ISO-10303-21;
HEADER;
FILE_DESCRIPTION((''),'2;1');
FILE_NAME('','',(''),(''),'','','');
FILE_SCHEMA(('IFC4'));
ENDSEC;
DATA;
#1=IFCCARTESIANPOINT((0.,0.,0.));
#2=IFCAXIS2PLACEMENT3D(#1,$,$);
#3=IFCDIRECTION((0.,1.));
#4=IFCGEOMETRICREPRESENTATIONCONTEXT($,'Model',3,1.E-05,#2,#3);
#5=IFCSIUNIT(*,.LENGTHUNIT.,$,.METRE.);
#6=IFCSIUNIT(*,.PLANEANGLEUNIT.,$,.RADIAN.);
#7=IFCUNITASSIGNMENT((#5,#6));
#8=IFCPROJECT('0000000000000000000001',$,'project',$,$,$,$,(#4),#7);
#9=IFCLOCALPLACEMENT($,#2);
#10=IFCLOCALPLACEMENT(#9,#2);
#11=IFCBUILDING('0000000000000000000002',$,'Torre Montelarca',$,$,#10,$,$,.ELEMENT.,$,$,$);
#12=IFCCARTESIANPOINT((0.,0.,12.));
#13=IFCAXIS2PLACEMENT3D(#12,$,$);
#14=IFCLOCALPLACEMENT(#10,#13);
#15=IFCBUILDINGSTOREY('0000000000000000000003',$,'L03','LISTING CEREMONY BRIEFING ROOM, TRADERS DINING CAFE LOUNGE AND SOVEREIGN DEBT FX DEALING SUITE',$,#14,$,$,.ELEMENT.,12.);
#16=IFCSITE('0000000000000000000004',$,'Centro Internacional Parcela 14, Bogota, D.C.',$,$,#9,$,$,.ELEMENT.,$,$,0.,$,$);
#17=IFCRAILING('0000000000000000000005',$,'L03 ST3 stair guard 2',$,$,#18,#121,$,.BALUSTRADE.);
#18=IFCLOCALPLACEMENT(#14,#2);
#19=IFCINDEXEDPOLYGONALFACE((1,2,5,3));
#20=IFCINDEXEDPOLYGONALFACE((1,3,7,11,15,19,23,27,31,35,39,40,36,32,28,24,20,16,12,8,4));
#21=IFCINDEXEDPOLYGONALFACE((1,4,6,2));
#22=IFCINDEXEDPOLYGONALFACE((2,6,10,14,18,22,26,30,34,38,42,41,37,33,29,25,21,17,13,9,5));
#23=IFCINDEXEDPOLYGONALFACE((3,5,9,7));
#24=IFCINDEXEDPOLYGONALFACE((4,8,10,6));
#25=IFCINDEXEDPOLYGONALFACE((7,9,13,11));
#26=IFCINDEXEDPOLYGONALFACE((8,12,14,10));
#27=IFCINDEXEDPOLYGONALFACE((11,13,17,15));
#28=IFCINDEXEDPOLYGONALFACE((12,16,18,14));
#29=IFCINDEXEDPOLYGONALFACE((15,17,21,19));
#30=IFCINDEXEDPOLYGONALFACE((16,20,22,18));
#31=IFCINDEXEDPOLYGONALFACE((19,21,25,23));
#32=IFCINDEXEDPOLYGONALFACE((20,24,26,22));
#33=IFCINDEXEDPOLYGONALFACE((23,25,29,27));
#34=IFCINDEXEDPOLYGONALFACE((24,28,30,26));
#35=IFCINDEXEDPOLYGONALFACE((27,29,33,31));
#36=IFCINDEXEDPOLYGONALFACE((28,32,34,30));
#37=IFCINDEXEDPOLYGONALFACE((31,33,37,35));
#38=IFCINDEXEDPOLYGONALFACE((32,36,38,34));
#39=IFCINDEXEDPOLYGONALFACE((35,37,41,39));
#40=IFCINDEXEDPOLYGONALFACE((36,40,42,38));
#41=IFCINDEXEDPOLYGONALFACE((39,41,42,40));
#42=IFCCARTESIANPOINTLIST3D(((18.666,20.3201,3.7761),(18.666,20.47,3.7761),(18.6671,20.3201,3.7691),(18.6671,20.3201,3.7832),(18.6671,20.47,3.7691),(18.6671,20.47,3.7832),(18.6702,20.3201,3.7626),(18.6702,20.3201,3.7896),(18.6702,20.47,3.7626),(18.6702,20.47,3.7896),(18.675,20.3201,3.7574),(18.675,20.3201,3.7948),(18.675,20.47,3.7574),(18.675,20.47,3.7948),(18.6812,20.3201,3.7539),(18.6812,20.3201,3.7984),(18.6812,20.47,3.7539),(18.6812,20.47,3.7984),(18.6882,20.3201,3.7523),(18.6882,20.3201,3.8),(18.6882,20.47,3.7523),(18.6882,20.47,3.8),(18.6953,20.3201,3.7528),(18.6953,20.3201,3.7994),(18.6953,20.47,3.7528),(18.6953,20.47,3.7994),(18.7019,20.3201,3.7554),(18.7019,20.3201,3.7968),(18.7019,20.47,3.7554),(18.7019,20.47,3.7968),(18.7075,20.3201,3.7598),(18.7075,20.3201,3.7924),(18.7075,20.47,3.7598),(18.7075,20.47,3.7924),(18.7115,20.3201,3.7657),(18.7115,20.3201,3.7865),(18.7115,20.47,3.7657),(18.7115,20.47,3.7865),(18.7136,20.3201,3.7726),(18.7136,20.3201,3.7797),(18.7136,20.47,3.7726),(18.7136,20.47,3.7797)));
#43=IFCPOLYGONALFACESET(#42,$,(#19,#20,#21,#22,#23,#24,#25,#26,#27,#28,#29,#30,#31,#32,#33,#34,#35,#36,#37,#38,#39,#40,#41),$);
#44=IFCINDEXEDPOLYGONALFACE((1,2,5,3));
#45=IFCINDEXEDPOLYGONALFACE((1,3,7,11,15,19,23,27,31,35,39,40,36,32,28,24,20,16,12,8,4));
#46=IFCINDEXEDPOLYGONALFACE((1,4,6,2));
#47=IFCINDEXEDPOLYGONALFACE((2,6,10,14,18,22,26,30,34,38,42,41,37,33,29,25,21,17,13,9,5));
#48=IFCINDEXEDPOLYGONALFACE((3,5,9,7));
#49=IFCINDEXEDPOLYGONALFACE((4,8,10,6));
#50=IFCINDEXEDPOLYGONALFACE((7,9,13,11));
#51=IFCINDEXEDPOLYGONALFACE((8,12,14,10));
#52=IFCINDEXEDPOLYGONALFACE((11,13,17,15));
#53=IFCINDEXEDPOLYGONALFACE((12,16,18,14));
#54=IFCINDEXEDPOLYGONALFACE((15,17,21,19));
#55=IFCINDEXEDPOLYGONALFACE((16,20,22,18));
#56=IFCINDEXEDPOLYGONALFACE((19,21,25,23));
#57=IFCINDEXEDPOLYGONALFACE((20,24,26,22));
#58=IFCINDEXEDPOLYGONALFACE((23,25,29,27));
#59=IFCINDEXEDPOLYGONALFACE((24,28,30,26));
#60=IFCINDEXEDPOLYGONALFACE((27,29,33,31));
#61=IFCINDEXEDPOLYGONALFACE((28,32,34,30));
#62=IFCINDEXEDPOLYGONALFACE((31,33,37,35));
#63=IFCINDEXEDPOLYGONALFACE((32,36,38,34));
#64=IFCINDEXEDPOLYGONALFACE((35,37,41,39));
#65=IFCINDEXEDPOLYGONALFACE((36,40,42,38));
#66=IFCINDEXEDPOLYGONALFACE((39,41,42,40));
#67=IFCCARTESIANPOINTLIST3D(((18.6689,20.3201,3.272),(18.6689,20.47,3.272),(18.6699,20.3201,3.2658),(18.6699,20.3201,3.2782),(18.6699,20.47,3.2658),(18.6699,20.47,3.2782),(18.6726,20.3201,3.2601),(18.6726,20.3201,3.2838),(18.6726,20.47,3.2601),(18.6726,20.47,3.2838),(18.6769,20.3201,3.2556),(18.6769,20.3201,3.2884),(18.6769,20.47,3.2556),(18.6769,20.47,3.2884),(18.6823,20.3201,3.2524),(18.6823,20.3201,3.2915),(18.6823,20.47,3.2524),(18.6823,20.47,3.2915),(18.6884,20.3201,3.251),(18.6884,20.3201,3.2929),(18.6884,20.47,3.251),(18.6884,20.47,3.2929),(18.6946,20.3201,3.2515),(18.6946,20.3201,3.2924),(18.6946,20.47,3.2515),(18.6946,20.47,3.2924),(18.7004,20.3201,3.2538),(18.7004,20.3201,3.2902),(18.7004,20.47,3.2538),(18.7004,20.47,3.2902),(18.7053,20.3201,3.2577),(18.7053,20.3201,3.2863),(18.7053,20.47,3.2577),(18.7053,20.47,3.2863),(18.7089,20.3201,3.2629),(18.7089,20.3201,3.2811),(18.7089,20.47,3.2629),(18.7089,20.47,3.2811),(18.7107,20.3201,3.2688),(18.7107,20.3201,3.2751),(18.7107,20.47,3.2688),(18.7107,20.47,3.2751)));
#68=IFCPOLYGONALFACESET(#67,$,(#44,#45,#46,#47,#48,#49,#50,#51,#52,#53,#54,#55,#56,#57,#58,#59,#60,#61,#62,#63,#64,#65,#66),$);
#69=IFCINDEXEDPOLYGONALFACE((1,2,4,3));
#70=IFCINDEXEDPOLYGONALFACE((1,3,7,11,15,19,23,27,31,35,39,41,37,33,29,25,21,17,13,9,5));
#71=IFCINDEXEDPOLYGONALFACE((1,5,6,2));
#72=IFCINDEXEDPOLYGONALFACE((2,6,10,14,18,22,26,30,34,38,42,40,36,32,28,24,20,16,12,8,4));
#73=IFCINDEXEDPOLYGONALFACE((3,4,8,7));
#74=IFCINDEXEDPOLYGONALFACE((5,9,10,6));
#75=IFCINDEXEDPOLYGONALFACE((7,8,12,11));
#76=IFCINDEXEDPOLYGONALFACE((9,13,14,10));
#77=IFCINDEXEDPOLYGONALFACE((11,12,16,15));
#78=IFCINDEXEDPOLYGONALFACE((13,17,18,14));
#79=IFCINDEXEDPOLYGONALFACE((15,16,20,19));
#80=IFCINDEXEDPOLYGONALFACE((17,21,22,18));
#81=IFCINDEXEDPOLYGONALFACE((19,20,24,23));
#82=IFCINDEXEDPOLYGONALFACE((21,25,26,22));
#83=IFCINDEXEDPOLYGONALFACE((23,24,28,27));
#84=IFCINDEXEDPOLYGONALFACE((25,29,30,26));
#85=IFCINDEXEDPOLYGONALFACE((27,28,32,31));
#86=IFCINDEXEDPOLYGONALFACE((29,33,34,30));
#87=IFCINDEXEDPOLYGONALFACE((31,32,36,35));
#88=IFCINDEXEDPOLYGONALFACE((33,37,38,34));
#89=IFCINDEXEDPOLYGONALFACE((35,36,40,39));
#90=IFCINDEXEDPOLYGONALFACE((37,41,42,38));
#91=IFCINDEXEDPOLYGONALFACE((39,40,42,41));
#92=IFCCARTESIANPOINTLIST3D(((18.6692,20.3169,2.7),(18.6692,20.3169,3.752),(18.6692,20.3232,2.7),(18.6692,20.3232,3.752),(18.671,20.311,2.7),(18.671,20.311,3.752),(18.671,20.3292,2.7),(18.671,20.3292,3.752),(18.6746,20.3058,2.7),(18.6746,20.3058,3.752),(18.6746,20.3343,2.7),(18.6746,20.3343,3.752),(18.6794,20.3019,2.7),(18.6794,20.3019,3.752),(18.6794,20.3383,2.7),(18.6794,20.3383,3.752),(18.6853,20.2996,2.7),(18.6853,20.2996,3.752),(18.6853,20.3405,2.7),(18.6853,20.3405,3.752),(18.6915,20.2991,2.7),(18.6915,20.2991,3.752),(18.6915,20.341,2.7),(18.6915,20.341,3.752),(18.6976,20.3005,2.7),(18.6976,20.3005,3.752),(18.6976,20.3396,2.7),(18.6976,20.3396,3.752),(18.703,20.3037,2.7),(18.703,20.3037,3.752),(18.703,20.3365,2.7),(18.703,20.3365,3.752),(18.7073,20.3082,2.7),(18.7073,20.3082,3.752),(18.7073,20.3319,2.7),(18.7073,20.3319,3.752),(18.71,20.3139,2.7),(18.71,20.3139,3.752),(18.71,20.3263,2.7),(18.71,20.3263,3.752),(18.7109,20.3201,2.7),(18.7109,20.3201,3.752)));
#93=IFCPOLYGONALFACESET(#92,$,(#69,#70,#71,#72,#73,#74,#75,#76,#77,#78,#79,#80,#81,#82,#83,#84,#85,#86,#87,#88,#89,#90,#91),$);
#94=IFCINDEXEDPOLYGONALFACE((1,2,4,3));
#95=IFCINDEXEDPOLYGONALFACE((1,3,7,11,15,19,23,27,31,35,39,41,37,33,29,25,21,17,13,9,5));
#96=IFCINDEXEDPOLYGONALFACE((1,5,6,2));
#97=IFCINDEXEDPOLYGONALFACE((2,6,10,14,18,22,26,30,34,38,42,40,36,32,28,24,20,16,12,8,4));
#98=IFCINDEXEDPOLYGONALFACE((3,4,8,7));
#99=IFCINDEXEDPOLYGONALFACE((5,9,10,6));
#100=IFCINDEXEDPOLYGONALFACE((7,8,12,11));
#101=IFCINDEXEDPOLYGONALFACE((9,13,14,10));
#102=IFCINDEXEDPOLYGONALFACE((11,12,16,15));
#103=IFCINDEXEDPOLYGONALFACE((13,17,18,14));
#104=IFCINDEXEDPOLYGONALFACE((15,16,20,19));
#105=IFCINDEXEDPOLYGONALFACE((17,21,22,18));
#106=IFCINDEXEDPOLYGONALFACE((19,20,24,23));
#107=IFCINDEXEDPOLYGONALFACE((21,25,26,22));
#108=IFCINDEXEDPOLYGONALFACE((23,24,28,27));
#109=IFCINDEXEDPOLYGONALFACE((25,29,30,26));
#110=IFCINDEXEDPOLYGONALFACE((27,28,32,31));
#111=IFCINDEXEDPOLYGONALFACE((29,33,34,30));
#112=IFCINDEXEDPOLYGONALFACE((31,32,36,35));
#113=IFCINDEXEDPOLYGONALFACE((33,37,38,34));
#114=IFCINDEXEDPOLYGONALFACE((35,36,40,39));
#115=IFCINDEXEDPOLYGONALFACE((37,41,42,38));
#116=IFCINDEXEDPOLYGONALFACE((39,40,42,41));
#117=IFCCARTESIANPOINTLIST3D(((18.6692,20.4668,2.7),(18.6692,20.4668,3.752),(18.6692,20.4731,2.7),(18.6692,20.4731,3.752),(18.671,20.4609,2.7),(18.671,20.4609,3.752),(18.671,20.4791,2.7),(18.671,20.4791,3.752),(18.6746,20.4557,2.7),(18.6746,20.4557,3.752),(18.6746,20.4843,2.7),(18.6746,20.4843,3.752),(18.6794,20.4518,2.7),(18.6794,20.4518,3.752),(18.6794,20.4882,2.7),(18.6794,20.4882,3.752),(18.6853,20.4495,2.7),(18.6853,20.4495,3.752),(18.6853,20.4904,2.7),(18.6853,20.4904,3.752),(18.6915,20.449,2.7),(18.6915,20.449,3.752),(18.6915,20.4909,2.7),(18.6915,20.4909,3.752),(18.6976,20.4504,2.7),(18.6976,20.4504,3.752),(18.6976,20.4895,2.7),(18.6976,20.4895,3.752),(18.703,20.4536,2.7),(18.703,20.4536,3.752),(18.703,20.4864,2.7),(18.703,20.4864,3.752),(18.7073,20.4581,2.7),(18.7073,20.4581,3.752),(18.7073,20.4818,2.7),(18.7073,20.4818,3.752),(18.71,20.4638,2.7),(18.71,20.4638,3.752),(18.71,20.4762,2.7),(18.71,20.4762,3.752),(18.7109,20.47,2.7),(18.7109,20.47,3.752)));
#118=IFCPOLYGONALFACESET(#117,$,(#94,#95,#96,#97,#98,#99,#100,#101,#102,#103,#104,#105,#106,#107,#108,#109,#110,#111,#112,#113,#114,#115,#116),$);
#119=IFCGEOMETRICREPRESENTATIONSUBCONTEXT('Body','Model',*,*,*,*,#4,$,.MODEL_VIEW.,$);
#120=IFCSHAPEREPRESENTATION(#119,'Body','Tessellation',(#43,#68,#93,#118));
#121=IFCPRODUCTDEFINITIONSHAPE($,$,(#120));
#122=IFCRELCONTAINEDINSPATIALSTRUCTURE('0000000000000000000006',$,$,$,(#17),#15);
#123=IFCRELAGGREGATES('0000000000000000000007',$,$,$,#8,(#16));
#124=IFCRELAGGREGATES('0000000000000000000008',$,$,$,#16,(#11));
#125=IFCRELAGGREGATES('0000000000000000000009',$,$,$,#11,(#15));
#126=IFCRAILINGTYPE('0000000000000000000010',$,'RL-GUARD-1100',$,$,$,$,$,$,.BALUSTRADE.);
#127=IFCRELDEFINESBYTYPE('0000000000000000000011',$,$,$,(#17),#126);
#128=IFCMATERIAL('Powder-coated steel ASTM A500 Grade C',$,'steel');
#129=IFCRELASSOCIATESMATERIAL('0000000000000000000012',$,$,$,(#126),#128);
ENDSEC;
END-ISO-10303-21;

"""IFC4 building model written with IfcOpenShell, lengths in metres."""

from ifc_helpers import new_model, si_unit, direction, frame, origin, origin_2d, place, context, subcontext, project, spatial, circle, extrude, material, type_object, element, save


model = new_model("IFC4")

# Units and contexts
model_context = context("Model", 3, precision=1e-05, world=origin(), true_north=direction((0.0, 1.0)))
body_context = subcontext(model_context, "Body", "Model", "MODEL_VIEW")
ifc_project = project(units=[si_unit("LENGTHUNIT", "METRE"), si_unit("PLANEANGLEUNIT", "RADIAN")], contexts=[model_context])

# Site, building, storey
site_placement = place(None, origin())
site = spatial("IfcSite", under=ifc_project, at=site_placement, Name="Centro Internacional Parcela 14, Bogota, D.C.", CompositionType="ELEMENT", RefElevation=0.0)
building_placement = place(site_placement, origin())
building = spatial("IfcBuilding", under=site, at=building_placement, Name="Torre Montelarca", CompositionType="ELEMENT")
storey_placement = place(building_placement, frame((0.0, 0.0, 12.0)))
storey = spatial("IfcBuildingStorey", under=building, at=storey_placement, Name="L03", Description="LISTING CEREMONY BRIEFING ROOM, TRADERS DINING CAFE LOUNGE AND SOVEREIGN DEBT FX DEALING SUITE", CompositionType="ELEMENT", Elevation=12.0)

# Railing
ifc_material_1 = material(Name="Powder-coated steel ASTM A500 Grade C", Category="steel")
railing_type_1 = type_object("IfcRailingType", Name="RL-GUARD-1100", PredefinedType="BALUSTRADE", material=ifc_material_1)
railing_1_placement = place(storey_placement, frame((18.6899, 20.3201, 2.7)))
element("IfcRailing", 1, at=railing_1_placement, inside=storey, type_object=railing_type_1, Name="L03 ST3 stair guard 2", PredefinedType="BALUSTRADE", context=body_context, shape_type="SweptSolid", body=[
    extrude(circle(Radius=0.0239, at=origin_2d()), frame((0.0, 0.0, 1.0762), z_axis=(0.0, 1.0, 0.0), x_axis=(-1.0, 0.0, 0.0)), (0.0, 0.0, 1.0), 0.1499),
    extrude(circle(Radius=0.021, at=origin_2d()), frame((0.0, 0.0, 0.572), z_axis=(0.0, 1.0, 0.0), x_axis=(-1.0, 0.0, 0.0)), (0.0, 0.0, 1.0), 0.1499),
    extrude(circle(Radius=0.021, at=origin_2d()), origin(), (0.0, 0.0, 1.0), 1.052),
    extrude(circle(Radius=0.021, at=origin_2d()), frame((0.0, 0.1499, 0.0)), (0.0, 0.0, 1.0), 1.052),
])

save(model, "model.ifc")
